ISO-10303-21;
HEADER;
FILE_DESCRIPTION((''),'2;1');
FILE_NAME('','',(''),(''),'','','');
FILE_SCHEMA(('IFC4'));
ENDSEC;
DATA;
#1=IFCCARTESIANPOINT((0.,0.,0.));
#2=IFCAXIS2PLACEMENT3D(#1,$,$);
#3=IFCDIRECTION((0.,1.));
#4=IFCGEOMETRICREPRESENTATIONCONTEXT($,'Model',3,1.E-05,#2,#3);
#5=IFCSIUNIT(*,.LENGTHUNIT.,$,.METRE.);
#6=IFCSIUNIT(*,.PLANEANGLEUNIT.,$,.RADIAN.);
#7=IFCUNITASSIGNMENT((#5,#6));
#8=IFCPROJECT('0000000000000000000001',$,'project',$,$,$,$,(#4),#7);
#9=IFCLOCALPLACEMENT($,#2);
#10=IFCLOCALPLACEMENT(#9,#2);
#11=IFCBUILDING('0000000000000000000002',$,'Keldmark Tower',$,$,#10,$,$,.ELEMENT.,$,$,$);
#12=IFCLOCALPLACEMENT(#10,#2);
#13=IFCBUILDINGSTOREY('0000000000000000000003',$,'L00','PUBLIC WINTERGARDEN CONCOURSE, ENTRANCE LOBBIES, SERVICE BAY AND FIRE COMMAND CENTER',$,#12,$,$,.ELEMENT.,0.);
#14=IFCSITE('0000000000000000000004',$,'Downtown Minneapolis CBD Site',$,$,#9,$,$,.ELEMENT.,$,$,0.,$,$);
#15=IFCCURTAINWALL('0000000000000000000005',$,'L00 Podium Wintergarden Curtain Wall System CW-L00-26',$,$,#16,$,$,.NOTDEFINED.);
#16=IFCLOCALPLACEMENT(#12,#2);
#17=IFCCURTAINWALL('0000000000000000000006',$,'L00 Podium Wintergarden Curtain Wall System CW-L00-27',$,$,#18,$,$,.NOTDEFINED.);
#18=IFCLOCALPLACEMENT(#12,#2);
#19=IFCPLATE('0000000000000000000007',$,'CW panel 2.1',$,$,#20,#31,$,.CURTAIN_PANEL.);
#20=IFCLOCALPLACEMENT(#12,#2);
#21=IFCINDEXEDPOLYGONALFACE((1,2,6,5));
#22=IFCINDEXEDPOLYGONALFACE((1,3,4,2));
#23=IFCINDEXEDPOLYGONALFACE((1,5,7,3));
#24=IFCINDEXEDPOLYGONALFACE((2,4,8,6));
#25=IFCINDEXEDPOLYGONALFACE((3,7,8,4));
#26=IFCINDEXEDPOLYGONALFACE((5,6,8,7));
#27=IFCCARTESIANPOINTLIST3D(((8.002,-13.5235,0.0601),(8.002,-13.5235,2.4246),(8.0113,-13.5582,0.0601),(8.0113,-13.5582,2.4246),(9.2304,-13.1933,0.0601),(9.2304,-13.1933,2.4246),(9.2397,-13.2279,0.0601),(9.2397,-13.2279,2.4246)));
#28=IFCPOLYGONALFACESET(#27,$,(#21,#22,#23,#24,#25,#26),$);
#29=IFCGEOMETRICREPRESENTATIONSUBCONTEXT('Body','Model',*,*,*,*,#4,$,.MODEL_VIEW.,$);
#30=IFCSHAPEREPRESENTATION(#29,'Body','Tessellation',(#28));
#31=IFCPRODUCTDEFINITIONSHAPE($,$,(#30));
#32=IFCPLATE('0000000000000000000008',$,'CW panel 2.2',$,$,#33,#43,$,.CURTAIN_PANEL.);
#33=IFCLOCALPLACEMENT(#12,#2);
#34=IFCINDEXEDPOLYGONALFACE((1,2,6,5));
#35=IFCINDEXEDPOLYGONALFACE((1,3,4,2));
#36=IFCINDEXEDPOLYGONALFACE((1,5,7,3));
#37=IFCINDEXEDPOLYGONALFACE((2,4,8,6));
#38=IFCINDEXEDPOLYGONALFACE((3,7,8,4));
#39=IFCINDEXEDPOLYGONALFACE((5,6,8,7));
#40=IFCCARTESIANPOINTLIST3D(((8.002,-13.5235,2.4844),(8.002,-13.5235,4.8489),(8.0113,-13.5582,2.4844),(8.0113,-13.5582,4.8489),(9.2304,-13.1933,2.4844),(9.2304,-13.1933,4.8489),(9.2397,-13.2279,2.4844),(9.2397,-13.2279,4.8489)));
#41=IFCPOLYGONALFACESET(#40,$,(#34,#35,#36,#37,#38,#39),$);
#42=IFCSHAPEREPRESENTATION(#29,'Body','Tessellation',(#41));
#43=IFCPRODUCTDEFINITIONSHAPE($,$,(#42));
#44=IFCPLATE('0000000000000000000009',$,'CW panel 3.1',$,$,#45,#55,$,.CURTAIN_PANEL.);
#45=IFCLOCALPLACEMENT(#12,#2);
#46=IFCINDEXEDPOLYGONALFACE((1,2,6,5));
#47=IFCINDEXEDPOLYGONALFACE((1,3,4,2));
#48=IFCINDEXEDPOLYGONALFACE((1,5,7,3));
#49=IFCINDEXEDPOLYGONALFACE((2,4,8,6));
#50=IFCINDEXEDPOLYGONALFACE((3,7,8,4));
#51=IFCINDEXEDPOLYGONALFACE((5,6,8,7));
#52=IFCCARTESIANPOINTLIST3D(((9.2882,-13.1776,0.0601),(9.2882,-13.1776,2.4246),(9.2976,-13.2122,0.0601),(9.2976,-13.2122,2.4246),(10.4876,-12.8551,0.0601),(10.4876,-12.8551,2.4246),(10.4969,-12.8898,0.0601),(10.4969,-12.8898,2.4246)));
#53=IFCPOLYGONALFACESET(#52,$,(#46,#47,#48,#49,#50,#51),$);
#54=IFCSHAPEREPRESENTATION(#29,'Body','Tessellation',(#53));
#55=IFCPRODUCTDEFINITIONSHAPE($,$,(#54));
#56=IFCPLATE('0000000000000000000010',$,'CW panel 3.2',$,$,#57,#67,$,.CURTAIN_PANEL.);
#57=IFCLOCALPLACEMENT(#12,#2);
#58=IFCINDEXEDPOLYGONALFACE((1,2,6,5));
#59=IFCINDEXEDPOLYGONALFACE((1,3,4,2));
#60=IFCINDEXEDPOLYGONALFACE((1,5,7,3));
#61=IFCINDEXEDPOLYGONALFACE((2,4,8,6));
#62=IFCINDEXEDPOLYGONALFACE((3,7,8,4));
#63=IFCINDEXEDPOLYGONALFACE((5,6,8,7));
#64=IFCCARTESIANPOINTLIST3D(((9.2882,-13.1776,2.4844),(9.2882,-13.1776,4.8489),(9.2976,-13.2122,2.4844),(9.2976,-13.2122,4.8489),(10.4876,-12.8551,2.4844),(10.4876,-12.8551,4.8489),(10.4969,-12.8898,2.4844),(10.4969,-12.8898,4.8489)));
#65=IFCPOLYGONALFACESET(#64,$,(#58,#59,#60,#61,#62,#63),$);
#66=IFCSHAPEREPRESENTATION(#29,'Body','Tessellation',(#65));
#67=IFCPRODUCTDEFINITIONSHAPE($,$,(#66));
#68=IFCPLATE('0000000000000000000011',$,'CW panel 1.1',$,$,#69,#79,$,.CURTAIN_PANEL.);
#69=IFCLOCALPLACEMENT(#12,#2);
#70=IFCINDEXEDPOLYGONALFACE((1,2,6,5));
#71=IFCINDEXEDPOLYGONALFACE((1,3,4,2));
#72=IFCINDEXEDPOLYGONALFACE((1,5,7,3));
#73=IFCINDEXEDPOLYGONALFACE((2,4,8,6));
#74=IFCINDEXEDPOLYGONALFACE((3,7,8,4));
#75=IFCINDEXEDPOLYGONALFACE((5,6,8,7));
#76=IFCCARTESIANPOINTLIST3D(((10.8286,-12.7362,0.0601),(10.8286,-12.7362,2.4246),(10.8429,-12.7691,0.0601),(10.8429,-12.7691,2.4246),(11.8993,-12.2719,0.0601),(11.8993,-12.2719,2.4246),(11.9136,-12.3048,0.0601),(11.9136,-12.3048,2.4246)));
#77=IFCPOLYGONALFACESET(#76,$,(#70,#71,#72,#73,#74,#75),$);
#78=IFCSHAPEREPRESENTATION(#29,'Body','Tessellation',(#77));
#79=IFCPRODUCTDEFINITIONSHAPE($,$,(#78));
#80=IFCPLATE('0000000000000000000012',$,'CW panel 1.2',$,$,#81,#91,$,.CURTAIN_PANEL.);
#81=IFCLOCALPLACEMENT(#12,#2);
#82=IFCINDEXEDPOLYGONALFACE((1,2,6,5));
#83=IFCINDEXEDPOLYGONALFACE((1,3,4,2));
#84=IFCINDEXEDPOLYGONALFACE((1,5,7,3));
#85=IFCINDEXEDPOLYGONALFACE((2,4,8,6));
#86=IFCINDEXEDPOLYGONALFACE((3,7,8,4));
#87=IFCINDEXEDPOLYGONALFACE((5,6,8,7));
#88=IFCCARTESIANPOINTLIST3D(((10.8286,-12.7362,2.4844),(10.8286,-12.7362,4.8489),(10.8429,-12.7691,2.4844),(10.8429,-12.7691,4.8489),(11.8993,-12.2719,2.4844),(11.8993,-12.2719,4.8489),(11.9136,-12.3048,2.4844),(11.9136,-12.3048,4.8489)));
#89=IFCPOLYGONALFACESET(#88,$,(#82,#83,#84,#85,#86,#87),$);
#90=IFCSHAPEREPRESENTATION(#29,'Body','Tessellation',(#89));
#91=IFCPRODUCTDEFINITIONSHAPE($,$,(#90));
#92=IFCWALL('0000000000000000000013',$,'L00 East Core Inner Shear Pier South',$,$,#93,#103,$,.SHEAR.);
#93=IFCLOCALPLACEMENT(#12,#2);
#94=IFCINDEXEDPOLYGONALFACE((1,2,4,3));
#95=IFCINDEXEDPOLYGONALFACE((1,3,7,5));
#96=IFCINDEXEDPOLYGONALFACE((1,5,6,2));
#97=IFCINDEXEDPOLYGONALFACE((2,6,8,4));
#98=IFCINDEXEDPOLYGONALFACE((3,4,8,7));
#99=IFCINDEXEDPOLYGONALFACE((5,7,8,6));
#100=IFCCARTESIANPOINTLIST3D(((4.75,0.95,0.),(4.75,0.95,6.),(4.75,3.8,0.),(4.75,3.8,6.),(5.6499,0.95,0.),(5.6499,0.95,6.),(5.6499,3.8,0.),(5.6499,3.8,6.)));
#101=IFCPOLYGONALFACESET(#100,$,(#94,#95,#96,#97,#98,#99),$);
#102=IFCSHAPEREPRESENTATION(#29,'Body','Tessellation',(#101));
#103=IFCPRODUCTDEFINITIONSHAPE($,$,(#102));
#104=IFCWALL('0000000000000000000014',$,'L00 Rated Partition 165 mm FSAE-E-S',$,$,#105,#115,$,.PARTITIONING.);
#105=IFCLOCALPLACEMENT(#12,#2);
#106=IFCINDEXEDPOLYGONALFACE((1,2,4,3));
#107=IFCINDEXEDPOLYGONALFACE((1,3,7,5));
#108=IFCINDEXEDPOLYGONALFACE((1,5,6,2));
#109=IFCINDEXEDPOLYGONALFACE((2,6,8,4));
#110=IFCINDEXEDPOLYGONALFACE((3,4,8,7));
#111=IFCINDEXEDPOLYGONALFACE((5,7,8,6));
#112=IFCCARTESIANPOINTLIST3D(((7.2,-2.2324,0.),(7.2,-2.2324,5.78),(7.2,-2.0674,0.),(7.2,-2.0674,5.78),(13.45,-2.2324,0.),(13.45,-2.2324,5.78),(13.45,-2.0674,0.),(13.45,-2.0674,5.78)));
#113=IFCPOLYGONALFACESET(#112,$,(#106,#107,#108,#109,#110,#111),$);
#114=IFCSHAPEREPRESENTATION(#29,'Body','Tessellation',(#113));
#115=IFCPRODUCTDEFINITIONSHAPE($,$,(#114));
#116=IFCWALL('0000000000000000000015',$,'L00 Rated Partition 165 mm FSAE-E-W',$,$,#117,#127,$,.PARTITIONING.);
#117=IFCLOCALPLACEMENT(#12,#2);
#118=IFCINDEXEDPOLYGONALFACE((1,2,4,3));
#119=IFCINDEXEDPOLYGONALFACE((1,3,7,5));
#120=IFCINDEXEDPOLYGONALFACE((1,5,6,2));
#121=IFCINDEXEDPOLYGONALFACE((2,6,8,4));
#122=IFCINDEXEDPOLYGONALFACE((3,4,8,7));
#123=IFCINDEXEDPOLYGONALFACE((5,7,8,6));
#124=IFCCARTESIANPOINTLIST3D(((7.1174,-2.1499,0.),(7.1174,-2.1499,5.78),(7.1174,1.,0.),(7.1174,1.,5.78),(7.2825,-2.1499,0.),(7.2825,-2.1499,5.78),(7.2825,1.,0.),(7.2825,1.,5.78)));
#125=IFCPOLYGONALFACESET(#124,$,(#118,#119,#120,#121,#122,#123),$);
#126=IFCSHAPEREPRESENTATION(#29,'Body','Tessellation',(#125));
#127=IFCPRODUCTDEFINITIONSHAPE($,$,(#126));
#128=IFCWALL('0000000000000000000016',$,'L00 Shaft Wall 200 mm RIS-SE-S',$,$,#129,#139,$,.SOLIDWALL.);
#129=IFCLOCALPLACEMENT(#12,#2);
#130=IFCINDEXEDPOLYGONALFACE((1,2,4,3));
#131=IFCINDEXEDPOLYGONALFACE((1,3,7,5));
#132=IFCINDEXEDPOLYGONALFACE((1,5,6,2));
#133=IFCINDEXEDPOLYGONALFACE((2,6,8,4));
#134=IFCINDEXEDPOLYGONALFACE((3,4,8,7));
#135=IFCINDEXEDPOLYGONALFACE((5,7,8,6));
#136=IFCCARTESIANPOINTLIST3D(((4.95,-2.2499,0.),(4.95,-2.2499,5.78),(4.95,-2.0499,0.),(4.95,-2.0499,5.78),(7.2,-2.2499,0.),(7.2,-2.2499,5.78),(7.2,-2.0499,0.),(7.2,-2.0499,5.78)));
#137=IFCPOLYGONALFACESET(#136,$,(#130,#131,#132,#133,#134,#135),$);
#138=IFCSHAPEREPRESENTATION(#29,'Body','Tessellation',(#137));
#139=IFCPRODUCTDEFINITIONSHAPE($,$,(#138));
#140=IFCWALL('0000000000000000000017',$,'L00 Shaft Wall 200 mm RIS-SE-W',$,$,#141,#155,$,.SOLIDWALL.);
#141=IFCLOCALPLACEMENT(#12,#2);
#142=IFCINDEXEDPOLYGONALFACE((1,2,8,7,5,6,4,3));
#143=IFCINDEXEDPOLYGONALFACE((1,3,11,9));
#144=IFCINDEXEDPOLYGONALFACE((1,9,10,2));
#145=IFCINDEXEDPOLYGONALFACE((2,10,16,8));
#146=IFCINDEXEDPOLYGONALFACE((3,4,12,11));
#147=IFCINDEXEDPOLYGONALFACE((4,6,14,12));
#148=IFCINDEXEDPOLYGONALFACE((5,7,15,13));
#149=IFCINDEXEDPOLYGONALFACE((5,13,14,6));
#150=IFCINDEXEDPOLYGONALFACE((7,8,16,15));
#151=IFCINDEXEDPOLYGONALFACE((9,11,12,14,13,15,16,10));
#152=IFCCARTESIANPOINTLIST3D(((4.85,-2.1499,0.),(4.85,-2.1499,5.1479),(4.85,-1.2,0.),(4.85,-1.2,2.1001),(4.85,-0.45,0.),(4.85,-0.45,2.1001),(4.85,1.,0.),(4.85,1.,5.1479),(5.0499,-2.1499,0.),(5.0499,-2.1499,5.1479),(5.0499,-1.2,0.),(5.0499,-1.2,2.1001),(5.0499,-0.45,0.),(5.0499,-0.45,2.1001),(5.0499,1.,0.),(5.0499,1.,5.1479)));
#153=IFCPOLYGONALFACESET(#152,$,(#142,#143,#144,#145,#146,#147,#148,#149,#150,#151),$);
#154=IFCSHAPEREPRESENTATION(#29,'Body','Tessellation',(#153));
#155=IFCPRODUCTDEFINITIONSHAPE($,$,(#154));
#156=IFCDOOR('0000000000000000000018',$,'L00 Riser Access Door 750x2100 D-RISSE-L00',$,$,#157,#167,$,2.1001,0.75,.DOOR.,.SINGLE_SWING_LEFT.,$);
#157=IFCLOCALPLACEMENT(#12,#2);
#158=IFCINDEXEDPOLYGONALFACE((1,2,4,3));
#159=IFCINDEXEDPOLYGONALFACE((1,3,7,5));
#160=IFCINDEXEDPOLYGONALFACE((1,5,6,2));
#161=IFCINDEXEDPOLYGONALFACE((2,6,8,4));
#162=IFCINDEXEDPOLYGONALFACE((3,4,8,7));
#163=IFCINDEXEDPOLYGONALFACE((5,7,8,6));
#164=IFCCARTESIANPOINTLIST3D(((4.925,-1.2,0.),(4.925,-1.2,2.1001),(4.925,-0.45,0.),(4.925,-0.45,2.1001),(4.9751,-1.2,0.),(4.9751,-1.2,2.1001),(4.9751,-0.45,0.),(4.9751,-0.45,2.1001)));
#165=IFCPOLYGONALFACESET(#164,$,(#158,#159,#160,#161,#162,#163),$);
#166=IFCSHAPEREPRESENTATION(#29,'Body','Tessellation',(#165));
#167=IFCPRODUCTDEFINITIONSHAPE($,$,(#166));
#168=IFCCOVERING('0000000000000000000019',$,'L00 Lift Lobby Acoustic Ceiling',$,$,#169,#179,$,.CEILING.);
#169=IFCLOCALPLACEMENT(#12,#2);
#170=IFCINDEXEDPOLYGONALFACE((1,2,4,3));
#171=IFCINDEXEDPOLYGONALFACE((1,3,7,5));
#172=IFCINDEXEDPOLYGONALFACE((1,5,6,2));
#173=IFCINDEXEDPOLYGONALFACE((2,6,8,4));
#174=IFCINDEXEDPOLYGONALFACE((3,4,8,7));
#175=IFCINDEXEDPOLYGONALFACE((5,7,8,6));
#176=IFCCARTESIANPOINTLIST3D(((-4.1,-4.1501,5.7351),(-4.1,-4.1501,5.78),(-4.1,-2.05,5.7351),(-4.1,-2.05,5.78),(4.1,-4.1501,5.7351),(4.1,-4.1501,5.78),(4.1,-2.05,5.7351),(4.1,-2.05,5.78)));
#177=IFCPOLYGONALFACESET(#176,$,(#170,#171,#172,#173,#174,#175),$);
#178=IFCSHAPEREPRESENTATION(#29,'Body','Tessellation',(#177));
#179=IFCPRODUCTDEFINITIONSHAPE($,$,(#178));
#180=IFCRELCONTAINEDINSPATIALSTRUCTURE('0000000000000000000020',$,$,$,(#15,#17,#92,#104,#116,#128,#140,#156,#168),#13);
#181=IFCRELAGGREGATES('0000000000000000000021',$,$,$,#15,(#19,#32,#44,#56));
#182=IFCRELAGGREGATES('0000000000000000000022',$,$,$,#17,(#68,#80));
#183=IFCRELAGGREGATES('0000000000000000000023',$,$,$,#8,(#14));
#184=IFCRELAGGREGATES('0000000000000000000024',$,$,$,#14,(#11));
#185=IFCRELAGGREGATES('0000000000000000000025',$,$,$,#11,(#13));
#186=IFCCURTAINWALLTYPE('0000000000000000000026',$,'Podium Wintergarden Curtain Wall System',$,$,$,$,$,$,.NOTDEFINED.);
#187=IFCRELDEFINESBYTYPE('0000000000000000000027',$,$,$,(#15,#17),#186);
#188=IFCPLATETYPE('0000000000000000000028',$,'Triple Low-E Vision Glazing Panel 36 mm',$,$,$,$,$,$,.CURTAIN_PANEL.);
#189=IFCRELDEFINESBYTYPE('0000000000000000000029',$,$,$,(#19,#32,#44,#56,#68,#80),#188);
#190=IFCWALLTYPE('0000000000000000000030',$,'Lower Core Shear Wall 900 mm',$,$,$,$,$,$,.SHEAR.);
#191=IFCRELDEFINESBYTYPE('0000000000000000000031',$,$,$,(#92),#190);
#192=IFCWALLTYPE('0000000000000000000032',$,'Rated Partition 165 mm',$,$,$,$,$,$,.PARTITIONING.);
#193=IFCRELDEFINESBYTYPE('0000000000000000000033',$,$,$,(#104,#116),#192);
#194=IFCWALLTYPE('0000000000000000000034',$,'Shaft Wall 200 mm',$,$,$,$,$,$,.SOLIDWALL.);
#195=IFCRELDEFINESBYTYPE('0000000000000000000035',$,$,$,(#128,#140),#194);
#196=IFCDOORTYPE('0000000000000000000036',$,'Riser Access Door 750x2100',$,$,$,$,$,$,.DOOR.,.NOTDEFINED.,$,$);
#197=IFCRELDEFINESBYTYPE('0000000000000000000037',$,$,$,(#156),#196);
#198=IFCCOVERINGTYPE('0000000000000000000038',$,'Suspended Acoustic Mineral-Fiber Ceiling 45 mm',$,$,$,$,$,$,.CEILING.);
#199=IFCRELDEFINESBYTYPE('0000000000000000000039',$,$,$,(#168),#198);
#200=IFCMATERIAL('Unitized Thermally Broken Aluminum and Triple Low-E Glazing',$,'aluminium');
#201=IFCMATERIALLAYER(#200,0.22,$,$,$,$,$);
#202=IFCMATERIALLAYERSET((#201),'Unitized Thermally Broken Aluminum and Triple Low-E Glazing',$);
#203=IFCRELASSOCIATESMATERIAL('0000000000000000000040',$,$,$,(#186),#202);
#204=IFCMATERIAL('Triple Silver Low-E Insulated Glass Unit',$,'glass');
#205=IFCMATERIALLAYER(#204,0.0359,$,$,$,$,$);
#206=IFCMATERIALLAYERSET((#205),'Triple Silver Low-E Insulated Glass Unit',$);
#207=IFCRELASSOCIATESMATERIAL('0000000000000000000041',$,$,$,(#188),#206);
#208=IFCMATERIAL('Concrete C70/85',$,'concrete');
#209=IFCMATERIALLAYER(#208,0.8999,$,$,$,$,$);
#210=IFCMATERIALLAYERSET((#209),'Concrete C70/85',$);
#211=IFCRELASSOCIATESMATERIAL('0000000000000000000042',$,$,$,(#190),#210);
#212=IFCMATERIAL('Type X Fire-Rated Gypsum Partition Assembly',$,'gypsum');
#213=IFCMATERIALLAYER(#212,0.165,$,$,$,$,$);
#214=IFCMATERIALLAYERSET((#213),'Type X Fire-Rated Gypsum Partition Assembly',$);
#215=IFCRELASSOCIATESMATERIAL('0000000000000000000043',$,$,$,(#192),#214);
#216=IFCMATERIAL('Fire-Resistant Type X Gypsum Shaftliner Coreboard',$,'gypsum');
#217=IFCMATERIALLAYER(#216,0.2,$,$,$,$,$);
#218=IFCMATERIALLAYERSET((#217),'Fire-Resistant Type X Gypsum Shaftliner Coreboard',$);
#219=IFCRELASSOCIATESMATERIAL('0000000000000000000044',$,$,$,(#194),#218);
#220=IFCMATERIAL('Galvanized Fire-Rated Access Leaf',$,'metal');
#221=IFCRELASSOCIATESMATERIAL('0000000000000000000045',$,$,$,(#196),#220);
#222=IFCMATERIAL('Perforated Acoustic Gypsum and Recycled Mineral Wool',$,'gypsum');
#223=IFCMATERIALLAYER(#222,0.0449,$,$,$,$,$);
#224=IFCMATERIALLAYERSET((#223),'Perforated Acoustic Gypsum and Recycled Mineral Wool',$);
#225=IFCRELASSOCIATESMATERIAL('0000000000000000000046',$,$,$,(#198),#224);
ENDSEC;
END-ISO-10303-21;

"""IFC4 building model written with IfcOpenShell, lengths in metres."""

from ifc_helpers import new_model, si_unit, direction, frame, frame_2d, origin, origin_2d, place, context, subcontext, project, spatial, rectangle, extrude, material, layer, layer_set, type_object, element, fill, aggregate, save


model = new_model("IFC4")

# Units and contexts
model_context = context("Model", 3, precision=1e-05, world=origin(), true_north=direction((0.0, 1.0)))
body_context = subcontext(model_context, "Body", "Model", "MODEL_VIEW")
ifc_project = project(units=[si_unit("LENGTHUNIT", "METRE"), si_unit("PLANEANGLEUNIT", "RADIAN")], contexts=[model_context])

# Site, building, storey
site_placement = place(None, origin())
site = spatial("IfcSite", under=ifc_project, at=site_placement, Name="Downtown Minneapolis CBD Site", CompositionType="ELEMENT", RefElevation=0.0)
building_placement = place(site_placement, origin())
building = spatial("IfcBuilding", under=site, at=building_placement, Name="Keldmark Tower", CompositionType="ELEMENT")
storey_placement = place(building_placement, origin())
storey = spatial("IfcBuildingStorey", under=building, at=storey_placement, Name="L00", Description="PUBLIC WINTERGARDEN CONCOURSE, ENTRANCE LOBBIES, SERVICE BAY AND FIRE COMMAND CENTER", CompositionType="ELEMENT", Elevation=0.0)

# Curtain walls
ifc_material_1 = material(Name="Unitized Thermally Broken Aluminum and Triple Low-E Glazing", Category="aluminium")
ifc_layer_1 = layer(ifc_material_1, 0.22)
ifc_layer_set_1 = layer_set([ifc_layer_1], Name="Unitized Thermally Broken Aluminum and Triple Low-E Glazing")
curtain_wall_type = type_object("IfcCurtainWallType", Name="Podium Wintergarden Curtain Wall System", PredefinedType="NOTDEFINED", material=ifc_layer_set_1)
curtain_wall_1_placement = place(storey_placement, origin())
curtain_wall_1 = element("IfcCurtainWall", 1, at=curtain_wall_1_placement, inside=storey, type_object=curtain_wall_type, Name="L00 Podium Wintergarden Curtain Wall System CW-L00-26", PredefinedType="NOTDEFINED")
curtain_wall_2_placement = place(storey_placement, origin())
curtain_wall_2 = element("IfcCurtainWall", 2, at=curtain_wall_2_placement, inside=storey, type_object=curtain_wall_type, Name="L00 Podium Wintergarden Curtain Wall System CW-L00-27", PredefinedType="NOTDEFINED")

# Plates
ifc_material_2 = material(Name="Triple Silver Low-E Insulated Glass Unit", Category="glass")
ifc_layer_2 = layer(ifc_material_2, 0.0359)
ifc_layer_set_2 = layer_set([ifc_layer_2], Name="Triple Silver Low-E Insulated Glass Unit")
plate_type_1 = type_object("IfcPlateType", Name="Triple Low-E Vision Glazing Panel 36 mm", PredefinedType="CURTAIN_PANEL", material=ifc_layer_set_2)
plate_1_placement = place(storey_placement, frame((8.6208, -13.3757, 0.0601), z_axis=(0.0, 0.0, 1.0), x_axis=(0.965706, 0.259639, 0.0)))
plate_1 = element("IfcPlate", 3, at=plate_1_placement, type_object=plate_type_1, Name="CW panel 2.1", PredefinedType="CURTAIN_PANEL", context=body_context, shape_type="SweptSolid", body=[
    extrude(rectangle(XDim=1.272, YDim=0.0359, at=origin_2d()), origin(), (0.0, 0.0, 1.0), 2.3645),
])
plate_2_placement = place(storey_placement, frame((8.6208, -13.3757, 2.4844), z_axis=(0.0, 0.0, 1.0), x_axis=(0.965706, 0.259639, 0.0)))
plate_2 = element("IfcPlate", 4, at=plate_2_placement, type_object=plate_type_1, Name="CW panel 2.2", PredefinedType="CURTAIN_PANEL", context=body_context, shape_type="SweptSolid", body=[
    extrude(rectangle(XDim=1.272, YDim=0.0359, at=origin_2d()), origin(), (0.0, 0.0, 1.0), 2.3645),
])
plate_3_placement = place(storey_placement, frame((9.8926, -13.0337, 0.0601), z_axis=(0.0, 0.0, 1.0), x_axis=(0.965706, 0.259639, 0.0)))
plate_3 = element("IfcPlate", 5, at=plate_3_placement, type_object=plate_type_1, Name="CW panel 3.1", PredefinedType="CURTAIN_PANEL", context=body_context, shape_type="SweptSolid", body=[
    extrude(rectangle(XDim=1.2419, YDim=0.0359, at=origin_2d()), origin(), (0.0, 0.0, 1.0), 2.3645),
])
plate_4_placement = place(storey_placement, frame((9.8926, -13.0337, 2.4844), z_axis=(0.0, 0.0, 1.0), x_axis=(0.965706, 0.259639, 0.0)))
plate_4 = element("IfcPlate", 6, at=plate_4_placement, type_object=plate_type_1, Name="CW panel 3.2", PredefinedType="CURTAIN_PANEL", context=body_context, shape_type="SweptSolid", body=[
    extrude(rectangle(XDim=1.2419, YDim=0.0359, at=origin_2d()), origin(), (0.0, 0.0, 1.0), 2.3645),
])
aggregate(curtain_wall_1, [plate_1, plate_2, plate_3, plate_4])
plate_5_placement = place(storey_placement, frame((11.3711, -12.5205, 0.0601), z_axis=(0.0, 0.0, 1.0), x_axis=(0.917436, 0.397884, 0.0)))
plate_5 = element("IfcPlate", 7, at=plate_5_placement, type_object=plate_type_1, Name="CW panel 1.1", PredefinedType="CURTAIN_PANEL", context=body_context, shape_type="SweptSolid", body=[
    extrude(rectangle(XDim=1.167, YDim=0.0359, at=origin_2d()), origin(), (0.0, 0.0, 1.0), 2.3645),
])
plate_6_placement = place(storey_placement, frame((11.3711, -12.5205, 2.4844), z_axis=(0.0, 0.0, 1.0), x_axis=(0.917436, 0.397884, 0.0)))
plate_6 = element("IfcPlate", 8, at=plate_6_placement, type_object=plate_type_1, Name="CW panel 1.2", PredefinedType="CURTAIN_PANEL", context=body_context, shape_type="SweptSolid", body=[
    extrude(rectangle(XDim=1.167, YDim=0.0359, at=origin_2d()), origin(), (0.0, 0.0, 1.0), 2.3645),
])
aggregate(curtain_wall_2, [plate_5, plate_6])

# Walls
ifc_material_3 = material(Name="Concrete C70/85", Category="concrete")
ifc_layer_3 = layer(ifc_material_3, 0.8999)
ifc_layer_set_3 = layer_set([ifc_layer_3], Name="Concrete C70/85")
wall_type_1 = type_object("IfcWallType", Name="Lower Core Shear Wall 900 mm", PredefinedType="SHEAR", material=ifc_layer_set_3)
wall_1_placement = place(storey_placement, frame((5.2, 0.95, 0.0), z_axis=(0.0, 0.0, 1.0), x_axis=(0.0, 1.0, 0.0)))
element("IfcWall", 9, at=wall_1_placement, inside=storey, type_object=wall_type_1, Name="L00 East Core Inner Shear Pier South", PredefinedType="SHEAR", context=body_context, shape_type="SweptSolid", body=[
    extrude(rectangle(XDim=2.8501, YDim=0.8999, at=frame_2d((1.425, 0.0))), origin(), (0.0, 0.0, 1.0), 6.0),
])
ifc_material_4 = material(Name="Type X Fire-Rated Gypsum Partition Assembly", Category="gypsum")
ifc_layer_4 = layer(ifc_material_4, 0.165)
ifc_layer_set_4 = layer_set([ifc_layer_4], Name="Type X Fire-Rated Gypsum Partition Assembly")
wall_type_2 = type_object("IfcWallType", Name="Rated Partition 165 mm", PredefinedType="PARTITIONING", material=ifc_layer_set_4)
wall_2_placement = place(storey_placement, frame((7.2, -2.1499, 0.0), z_axis=(0.0, 0.0, 1.0), x_axis=(1.0, 0.0, 0.0)))
element("IfcWall", 10, at=wall_2_placement, inside=storey, type_object=wall_type_2, Name="L00 Rated Partition 165 mm FSAE-E-S", PredefinedType="PARTITIONING", context=body_context, shape_type="SweptSolid", body=[
    extrude(rectangle(XDim=6.25, YDim=0.165, at=frame_2d((3.125, 0.0))), origin(), (0.0, 0.0, 1.0), 5.78),
])
wall_3_placement = place(storey_placement, frame((7.2, -2.1499, 0.0), z_axis=(0.0, 0.0, 1.0), x_axis=(0.0, 1.0, 0.0)))
element("IfcWall", 11, at=wall_3_placement, inside=storey, type_object=wall_type_2, Name="L00 Rated Partition 165 mm FSAE-E-W", PredefinedType="PARTITIONING", context=body_context, shape_type="SweptSolid", body=[
    extrude(rectangle(XDim=3.1499, YDim=0.165, at=frame_2d((1.575, 0.0))), origin(), (0.0, 0.0, 1.0), 5.78),
])
ifc_material_5 = material(Name="Fire-Resistant Type X Gypsum Shaftliner Coreboard", Category="gypsum")
ifc_layer_5 = layer(ifc_material_5, 0.2)
ifc_layer_set_5 = layer_set([ifc_layer_5], Name="Fire-Resistant Type X Gypsum Shaftliner Coreboard")
wall_type_3 = type_object("IfcWallType", Name="Shaft Wall 200 mm", PredefinedType="SOLIDWALL", material=ifc_layer_set_5)
wall_4_placement = place(storey_placement, frame((4.95, -2.1499, 0.0), z_axis=(0.0, 0.0, 1.0), x_axis=(1.0, 0.0, 0.0)))
element("IfcWall", 12, at=wall_4_placement, inside=storey, type_object=wall_type_3, Name="L00 Shaft Wall 200 mm RIS-SE-S", PredefinedType="SOLIDWALL", context=body_context, shape_type="SweptSolid", body=[
    extrude(rectangle(XDim=2.25, YDim=0.2, at=frame_2d((1.125, 0.0))), origin(), (0.0, 0.0, 1.0), 5.78),
])

# Wall, opening, door
wall_5_placement = place(storey_placement, frame((4.95, -2.1499, 0.0), z_axis=(0.0, 0.0, 1.0), x_axis=(0.0, 1.0, 0.0)))
wall_5 = element("IfcWall", 13, at=wall_5_placement, inside=storey, type_object=wall_type_3, Name="L00 Shaft Wall 200 mm RIS-SE-W", PredefinedType="SOLIDWALL", context=body_context, shape_type="SweptSolid", body=[
    extrude(rectangle(XDim=3.1499, YDim=0.2, at=frame_2d((1.575, 0.0))), origin(), (0.0, 0.0, 1.0), 5.1479),
])
opening_placement = place(wall_5_placement, frame((0.95, 0.0, 0.0)))
opening = element("IfcOpeningElement", 14, at=opening_placement, cuts=wall_5, PredefinedType="OPENING", context=body_context, shape_type="SweptSolid", body=[
    extrude(rectangle(XDim=0.75, YDim=2.1001, at=frame_2d((0.375, 1.05))), frame((0.0, 0.1099, 0.0), z_axis=(0.0, -1.0, 0.0), x_axis=(1.0, 0.0, 0.0)), (0.0, 0.0, 1.0), 0.22),
])
ifc_material_6 = material(Name="Galvanized Fire-Rated Access Leaf", Category="metal")
door_type = type_object("IfcDoorType", Name="Riser Access Door 750x2100", OperationType="NOTDEFINED", PredefinedType="DOOR", material=ifc_material_6)
door_placement = place(opening_placement, origin())
door = element("IfcDoor", 15, at=door_placement, inside=storey, type_object=door_type, Name="L00 Riser Access Door 750x2100 D-RISSE-L00", OperationType="SINGLE_SWING_LEFT", OverallHeight=2.1001, OverallWidth=0.75, PredefinedType="DOOR", context=body_context, shape_type="SweptSolid", body=[
    extrude(rectangle(XDim=0.75, YDim=2.1001, at=frame_2d((0.375, 1.05))), frame((0.0, 0.0249, 0.0), z_axis=(0.0, -1.0, 0.0), x_axis=(1.0, 0.0, 0.0)), (0.0, 0.0, 1.0), 0.05),
])
fill(opening, door)

# Covering
ifc_material_7 = material(Name="Perforated Acoustic Gypsum and Recycled Mineral Wool", Category="gypsum")
ifc_layer_6 = layer(ifc_material_7, 0.0449)
ifc_layer_set_6 = layer_set([ifc_layer_6], Name="Perforated Acoustic Gypsum and Recycled Mineral Wool")
covering_type_1 = type_object("IfcCoveringType", Name="Suspended Acoustic Mineral-Fiber Ceiling 45 mm", PredefinedType="CEILING", material=ifc_layer_set_6)
covering_1_placement = place(storey_placement, frame((0.0, -3.1001, 5.7351), z_axis=(0.0, 0.0, 1.0), x_axis=(1.0, 0.0, 0.0)))
element("IfcCovering", 16, at=covering_1_placement, inside=storey, type_object=covering_type_1, Name="L00 Lift Lobby Acoustic Ceiling", PredefinedType="CEILING", context=body_context, shape_type="SweptSolid", body=[
    extrude(rectangle(XDim=8.2, YDim=2.1001, at=origin_2d()), origin(), (0.0, 0.0, 1.0), 0.0449),
])

save(model, "model.ifc")
